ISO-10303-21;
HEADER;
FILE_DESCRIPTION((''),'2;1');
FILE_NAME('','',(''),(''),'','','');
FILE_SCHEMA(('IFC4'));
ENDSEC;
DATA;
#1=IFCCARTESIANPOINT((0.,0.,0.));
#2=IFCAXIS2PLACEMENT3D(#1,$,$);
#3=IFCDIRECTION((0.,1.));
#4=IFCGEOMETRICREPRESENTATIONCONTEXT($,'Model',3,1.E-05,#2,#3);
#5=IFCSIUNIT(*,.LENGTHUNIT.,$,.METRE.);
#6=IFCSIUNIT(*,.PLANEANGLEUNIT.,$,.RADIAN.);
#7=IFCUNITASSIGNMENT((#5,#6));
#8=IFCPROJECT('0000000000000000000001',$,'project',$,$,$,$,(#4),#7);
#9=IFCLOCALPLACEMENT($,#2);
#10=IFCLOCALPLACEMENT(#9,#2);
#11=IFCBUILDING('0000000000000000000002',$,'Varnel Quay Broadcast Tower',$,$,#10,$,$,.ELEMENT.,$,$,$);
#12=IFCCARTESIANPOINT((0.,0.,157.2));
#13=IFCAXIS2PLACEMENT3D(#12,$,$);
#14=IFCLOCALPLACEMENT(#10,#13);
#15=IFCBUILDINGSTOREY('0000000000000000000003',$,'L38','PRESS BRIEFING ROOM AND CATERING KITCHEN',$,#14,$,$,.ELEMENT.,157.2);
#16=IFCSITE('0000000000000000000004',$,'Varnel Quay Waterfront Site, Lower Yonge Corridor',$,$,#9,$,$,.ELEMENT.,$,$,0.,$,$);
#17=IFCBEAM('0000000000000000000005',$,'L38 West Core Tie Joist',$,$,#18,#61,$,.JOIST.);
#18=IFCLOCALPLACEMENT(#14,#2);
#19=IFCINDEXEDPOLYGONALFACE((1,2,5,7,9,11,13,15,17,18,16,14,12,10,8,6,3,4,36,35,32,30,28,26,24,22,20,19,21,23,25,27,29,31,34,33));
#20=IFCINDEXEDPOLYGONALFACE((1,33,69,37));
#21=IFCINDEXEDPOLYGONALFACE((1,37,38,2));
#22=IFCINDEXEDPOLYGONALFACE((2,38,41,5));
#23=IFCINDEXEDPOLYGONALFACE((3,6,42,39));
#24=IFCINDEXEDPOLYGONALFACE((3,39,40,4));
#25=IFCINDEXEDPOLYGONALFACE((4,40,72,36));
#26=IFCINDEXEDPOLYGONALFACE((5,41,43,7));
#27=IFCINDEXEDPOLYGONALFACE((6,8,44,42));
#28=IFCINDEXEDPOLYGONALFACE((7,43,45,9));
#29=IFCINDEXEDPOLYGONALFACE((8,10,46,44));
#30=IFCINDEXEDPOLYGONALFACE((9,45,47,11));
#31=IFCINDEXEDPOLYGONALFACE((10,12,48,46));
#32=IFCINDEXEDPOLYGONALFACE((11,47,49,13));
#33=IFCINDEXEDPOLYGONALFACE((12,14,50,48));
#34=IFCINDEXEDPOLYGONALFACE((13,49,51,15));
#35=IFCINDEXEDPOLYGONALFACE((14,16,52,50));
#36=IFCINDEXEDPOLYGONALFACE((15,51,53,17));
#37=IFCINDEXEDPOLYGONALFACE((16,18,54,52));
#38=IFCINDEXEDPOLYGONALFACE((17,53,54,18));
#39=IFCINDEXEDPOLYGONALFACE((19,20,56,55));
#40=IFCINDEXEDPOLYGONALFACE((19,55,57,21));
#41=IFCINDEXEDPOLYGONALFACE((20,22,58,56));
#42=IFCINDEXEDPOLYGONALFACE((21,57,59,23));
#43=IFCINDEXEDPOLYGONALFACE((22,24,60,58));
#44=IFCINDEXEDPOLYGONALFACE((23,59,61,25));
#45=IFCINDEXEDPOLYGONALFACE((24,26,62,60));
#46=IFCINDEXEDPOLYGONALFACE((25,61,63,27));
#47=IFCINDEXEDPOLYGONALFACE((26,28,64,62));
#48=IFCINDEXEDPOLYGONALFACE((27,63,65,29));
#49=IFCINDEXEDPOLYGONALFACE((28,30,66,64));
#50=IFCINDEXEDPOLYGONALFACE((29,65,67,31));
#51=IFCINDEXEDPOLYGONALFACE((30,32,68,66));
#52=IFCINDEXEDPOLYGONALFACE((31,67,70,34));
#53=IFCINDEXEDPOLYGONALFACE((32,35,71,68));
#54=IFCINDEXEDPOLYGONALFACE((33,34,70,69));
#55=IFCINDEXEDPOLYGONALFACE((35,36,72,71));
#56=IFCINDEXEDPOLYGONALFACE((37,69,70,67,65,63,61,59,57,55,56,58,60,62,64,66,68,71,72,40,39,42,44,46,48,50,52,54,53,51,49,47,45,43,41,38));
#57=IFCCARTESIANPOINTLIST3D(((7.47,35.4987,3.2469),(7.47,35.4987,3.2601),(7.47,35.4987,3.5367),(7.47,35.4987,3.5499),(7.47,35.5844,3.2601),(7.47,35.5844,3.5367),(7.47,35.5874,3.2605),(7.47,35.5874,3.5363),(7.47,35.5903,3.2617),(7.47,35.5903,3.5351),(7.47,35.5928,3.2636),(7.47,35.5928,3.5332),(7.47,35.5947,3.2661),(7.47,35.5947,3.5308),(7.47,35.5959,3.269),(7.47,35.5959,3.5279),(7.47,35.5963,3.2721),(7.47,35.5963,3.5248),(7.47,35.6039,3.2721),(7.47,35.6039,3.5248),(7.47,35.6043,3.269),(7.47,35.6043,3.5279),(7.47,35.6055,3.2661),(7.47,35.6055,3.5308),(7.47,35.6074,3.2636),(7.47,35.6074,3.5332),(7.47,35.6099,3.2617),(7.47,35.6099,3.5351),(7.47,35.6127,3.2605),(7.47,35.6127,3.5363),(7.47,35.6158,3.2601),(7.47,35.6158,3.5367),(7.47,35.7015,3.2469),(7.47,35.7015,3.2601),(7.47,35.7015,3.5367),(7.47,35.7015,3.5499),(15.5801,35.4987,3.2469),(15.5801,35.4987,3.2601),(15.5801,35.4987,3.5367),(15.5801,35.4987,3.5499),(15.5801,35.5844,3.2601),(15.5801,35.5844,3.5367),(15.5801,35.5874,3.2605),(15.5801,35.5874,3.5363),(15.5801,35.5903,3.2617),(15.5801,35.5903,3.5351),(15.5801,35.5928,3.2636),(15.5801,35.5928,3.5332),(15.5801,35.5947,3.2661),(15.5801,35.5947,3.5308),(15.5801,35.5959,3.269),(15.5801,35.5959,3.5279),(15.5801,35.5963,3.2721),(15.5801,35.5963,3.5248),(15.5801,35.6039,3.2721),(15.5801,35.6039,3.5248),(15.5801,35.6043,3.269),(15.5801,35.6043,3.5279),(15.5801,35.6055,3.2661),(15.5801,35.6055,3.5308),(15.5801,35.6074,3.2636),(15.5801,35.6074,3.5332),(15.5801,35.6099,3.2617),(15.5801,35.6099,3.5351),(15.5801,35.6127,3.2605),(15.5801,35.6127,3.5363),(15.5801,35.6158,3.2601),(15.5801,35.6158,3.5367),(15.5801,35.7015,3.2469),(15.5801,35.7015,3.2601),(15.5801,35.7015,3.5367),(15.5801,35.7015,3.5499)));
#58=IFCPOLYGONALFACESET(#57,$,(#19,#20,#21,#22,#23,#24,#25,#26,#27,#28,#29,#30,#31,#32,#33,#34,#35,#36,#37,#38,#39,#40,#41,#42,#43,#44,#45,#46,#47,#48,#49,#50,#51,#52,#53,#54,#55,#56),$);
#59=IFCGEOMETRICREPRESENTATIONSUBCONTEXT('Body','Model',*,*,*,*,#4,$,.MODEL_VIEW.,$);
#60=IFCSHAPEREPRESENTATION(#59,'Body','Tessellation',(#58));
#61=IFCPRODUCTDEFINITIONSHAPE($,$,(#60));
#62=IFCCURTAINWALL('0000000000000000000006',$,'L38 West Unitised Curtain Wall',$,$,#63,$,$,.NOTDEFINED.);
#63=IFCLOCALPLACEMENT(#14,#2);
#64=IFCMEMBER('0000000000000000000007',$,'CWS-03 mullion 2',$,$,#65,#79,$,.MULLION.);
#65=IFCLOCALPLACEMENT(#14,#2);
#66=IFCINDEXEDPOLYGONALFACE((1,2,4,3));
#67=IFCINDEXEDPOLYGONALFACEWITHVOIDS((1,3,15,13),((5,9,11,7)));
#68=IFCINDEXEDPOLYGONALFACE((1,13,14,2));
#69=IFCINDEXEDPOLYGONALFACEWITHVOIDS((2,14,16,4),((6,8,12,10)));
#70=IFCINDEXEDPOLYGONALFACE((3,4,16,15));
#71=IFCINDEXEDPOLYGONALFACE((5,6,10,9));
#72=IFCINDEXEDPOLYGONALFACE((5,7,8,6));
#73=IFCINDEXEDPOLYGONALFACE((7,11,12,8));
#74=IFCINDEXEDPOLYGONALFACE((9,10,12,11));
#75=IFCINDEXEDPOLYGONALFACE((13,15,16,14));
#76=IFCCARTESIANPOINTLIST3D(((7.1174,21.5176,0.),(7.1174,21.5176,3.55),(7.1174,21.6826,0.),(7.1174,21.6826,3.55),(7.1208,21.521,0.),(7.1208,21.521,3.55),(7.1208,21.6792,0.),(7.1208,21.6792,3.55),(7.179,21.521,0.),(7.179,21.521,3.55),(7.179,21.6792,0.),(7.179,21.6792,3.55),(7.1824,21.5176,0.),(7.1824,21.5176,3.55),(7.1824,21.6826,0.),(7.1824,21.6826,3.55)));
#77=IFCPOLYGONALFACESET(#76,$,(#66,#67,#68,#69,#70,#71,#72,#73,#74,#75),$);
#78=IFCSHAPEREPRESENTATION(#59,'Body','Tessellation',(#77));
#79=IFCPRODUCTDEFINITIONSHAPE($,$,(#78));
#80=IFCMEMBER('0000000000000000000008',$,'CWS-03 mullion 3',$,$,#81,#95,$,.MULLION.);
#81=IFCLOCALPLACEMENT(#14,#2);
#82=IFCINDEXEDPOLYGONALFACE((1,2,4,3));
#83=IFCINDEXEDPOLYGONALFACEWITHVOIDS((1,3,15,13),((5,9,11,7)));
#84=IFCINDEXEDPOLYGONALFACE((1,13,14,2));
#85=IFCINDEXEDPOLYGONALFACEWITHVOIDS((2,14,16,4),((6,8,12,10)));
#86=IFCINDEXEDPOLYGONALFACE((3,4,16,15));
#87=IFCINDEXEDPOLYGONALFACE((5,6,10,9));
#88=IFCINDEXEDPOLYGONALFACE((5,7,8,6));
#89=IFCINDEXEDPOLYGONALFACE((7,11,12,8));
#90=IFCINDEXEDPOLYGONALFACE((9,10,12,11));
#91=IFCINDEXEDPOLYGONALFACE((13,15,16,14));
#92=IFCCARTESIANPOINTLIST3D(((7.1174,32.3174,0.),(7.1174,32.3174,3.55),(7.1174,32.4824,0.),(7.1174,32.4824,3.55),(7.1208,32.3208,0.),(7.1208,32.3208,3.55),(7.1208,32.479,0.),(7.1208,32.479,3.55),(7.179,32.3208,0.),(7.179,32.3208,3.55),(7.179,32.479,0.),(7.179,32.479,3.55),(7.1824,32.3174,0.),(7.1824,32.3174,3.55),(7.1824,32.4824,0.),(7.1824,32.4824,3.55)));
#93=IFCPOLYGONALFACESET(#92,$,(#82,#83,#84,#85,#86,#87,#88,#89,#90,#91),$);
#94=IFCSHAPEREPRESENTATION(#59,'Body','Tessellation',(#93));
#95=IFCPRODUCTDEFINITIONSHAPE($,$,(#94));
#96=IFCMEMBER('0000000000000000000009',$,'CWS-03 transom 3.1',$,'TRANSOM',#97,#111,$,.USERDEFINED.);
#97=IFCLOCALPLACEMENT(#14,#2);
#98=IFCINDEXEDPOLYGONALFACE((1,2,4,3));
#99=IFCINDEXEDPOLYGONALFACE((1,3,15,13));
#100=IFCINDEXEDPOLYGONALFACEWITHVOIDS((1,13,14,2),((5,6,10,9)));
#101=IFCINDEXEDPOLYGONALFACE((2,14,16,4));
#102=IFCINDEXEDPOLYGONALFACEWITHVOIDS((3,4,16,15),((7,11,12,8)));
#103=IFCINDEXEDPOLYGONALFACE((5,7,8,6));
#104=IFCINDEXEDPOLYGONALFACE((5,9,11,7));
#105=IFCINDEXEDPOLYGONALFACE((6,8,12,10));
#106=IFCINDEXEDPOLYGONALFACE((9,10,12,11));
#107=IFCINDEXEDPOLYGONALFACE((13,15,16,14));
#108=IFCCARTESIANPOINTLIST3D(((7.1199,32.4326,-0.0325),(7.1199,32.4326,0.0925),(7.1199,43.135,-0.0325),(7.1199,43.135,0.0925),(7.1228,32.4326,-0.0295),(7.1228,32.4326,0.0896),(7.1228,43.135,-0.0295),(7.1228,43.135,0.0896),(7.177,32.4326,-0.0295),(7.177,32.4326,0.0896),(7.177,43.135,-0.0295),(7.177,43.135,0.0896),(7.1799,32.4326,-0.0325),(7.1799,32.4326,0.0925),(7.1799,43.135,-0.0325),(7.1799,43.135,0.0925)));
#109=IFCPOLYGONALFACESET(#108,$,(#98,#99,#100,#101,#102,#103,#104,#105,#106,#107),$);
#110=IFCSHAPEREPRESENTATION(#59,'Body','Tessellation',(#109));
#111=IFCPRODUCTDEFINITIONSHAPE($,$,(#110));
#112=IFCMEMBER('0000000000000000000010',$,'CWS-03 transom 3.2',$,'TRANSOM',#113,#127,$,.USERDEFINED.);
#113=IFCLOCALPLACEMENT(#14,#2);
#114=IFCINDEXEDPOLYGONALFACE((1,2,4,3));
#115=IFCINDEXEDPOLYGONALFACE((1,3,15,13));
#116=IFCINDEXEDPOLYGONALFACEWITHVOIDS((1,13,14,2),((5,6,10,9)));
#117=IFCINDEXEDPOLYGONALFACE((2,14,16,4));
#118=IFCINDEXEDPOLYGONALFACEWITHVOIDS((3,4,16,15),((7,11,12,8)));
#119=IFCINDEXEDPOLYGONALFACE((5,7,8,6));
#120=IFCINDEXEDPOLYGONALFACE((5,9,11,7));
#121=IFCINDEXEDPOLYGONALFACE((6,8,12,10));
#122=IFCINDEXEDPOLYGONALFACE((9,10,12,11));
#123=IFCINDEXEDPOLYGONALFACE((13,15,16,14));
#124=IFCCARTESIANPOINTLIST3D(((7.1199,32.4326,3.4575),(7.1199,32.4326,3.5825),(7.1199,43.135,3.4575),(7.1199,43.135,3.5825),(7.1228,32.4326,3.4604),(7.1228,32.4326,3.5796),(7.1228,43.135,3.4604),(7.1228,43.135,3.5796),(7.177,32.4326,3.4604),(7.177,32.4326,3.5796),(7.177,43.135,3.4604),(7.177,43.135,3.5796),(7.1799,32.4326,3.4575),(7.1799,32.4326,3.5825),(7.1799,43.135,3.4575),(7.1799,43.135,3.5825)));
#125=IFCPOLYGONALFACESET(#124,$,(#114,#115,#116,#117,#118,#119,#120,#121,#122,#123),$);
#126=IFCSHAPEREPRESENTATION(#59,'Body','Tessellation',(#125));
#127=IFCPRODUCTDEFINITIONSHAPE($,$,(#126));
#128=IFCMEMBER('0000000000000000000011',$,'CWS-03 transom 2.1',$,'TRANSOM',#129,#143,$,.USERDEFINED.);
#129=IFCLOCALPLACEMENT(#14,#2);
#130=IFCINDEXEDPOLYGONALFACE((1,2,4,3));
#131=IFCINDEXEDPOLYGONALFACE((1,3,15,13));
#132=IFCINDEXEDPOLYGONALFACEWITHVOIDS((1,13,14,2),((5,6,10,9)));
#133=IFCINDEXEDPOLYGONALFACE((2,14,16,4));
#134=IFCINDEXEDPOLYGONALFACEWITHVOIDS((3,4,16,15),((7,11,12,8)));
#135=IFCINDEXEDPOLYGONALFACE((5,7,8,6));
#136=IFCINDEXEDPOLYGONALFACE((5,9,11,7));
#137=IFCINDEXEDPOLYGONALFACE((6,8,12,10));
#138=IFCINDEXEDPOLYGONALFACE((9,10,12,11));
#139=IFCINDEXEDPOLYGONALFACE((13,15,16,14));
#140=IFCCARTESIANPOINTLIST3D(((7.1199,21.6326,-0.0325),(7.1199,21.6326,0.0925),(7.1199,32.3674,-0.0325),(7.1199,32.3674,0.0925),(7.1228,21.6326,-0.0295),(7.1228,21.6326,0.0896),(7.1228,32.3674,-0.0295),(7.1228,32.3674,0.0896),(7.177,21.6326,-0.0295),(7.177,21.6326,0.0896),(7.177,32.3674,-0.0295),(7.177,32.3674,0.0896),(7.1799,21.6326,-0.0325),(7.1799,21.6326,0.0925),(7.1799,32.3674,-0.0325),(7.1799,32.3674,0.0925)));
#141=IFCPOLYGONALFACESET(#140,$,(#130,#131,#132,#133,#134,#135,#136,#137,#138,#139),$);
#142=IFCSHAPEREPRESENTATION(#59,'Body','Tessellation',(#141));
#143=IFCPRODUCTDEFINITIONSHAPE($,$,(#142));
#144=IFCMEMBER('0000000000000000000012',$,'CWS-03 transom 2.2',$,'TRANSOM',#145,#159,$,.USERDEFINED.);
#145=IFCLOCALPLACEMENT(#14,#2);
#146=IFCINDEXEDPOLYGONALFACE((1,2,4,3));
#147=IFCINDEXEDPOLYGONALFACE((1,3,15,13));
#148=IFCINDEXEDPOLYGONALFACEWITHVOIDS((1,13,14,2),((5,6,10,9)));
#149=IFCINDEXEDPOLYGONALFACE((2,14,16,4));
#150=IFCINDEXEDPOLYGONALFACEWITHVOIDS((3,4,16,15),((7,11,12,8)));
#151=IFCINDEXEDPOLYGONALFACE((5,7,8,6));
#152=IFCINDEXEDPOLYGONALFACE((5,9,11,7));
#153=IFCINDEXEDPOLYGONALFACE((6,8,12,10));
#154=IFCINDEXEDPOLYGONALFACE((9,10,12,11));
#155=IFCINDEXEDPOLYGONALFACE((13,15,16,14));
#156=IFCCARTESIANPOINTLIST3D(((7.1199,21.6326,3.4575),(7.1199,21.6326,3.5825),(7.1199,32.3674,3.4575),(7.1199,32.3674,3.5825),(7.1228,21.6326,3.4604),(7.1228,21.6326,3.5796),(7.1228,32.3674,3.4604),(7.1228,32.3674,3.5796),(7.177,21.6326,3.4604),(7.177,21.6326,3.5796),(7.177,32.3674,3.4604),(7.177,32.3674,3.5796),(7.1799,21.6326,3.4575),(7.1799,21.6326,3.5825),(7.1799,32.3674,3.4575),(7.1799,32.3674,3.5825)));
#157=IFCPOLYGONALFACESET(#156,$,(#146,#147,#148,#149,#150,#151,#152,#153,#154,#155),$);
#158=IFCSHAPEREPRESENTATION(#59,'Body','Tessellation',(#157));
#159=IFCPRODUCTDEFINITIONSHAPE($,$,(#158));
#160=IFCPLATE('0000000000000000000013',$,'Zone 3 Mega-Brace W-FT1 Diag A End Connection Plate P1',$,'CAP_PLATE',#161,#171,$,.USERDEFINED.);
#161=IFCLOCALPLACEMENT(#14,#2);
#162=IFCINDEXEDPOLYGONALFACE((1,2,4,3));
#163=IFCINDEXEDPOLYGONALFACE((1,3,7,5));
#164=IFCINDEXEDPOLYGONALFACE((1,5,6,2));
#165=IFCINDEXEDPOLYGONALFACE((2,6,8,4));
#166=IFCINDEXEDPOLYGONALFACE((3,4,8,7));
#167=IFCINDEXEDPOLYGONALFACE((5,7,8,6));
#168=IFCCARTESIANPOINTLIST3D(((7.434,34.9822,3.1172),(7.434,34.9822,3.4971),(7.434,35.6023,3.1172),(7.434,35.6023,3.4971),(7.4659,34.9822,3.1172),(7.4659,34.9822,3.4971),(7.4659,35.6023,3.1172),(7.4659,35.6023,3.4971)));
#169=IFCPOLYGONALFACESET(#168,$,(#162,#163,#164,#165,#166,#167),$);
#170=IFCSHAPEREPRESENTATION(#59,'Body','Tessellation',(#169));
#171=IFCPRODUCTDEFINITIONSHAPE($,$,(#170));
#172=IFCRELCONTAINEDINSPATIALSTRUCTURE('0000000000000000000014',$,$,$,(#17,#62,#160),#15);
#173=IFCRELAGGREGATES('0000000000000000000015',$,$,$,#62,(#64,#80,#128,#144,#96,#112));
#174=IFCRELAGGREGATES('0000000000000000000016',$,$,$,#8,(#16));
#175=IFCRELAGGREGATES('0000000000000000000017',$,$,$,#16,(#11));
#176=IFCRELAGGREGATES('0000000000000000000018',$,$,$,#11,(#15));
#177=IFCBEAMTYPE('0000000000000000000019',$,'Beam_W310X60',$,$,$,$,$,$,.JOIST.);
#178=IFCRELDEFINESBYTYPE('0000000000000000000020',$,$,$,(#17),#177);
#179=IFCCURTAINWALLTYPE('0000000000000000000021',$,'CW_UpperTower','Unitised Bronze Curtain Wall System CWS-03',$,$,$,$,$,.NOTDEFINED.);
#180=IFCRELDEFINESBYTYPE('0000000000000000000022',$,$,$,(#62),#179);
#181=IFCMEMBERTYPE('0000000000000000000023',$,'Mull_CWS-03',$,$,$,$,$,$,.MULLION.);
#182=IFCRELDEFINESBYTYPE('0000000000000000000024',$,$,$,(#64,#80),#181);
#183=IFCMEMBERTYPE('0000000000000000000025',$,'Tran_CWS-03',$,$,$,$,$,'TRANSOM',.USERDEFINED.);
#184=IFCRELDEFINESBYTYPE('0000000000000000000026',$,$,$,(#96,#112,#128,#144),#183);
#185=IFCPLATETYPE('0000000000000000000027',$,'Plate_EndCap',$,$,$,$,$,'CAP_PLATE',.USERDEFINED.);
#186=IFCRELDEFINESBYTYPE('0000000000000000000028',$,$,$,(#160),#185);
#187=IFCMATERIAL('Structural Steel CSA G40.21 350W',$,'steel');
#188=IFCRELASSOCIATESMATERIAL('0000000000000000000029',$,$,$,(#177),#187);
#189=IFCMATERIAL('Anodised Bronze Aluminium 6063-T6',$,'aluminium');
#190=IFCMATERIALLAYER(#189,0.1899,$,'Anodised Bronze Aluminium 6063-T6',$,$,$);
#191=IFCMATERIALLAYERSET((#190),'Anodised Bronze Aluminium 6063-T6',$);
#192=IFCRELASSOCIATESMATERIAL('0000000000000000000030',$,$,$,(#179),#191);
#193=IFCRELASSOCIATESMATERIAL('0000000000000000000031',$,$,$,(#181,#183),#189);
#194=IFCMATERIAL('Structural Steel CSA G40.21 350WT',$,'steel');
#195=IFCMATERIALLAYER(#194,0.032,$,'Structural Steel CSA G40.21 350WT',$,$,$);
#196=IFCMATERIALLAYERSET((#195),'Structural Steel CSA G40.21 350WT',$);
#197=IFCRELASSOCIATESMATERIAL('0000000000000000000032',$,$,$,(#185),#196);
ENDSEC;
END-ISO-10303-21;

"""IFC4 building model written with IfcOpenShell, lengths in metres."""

from ifc_helpers import new_model, si_unit, direction, frame, origin, origin_2d, place, context, subcontext, project, spatial, rectangle, hollow_rectangle, i_section, extrude, source, transform, mapped, material, layer, layer_set, material_profile, profile_set, type_object, type_shapes, element, aggregate, save


model = new_model("IFC4")

# Units and contexts
model_context = context("Model", 3, precision=1e-05, world=origin(), true_north=direction((0.0, 1.0)))
body_context = subcontext(model_context, "Body", "Model", "MODEL_VIEW")
ifc_project = project(units=[si_unit("LENGTHUNIT", "METRE"), si_unit("PLANEANGLEUNIT", "RADIAN")], contexts=[model_context])

# Site, building, storey
site_placement = place(None, origin())
site = spatial("IfcSite", under=ifc_project, at=site_placement, Name="Varnel Quay Waterfront Site, Lower Yonge Corridor", CompositionType="ELEMENT", RefElevation=0.0)
building_placement = place(site_placement, origin())
building = spatial("IfcBuilding", under=site, at=building_placement, Name="Varnel Quay Broadcast Tower", CompositionType="ELEMENT")
storey_placement = place(building_placement, frame((0.0, 0.0, 157.2)))
storey = spatial("IfcBuildingStorey", under=building, at=storey_placement, Name="L38", Description="PRESS BRIEFING ROOM AND CATERING KITCHEN", CompositionType="ELEMENT", Elevation=157.2)

# Shared definitions
ifc_material_1 = material(Name="Structural Steel CSA G40.21 350W", Category="steel")

# Beam
ifc_material_profile_1 = material_profile(ifc_material_1, i_section(OverallWidth=0.2029, OverallDepth=0.303, WebThickness=0.0076, FlangeThickness=0.0132, FilletRadius=0.012, at=origin_2d()), Name="W310X60")
ifc_profile_set_1 = profile_set([ifc_material_profile_1], Name="Structural Steel CSA G40.21 350W")
beam_type_1 = type_object("IfcBeamType", Name="Beam_W310X60", PredefinedType="JOIST", material=ifc_profile_set_1)
shared_shape_1 = source(origin(), body_context, "Body", "SweptSolid", [
    extrude(i_section(OverallWidth=0.2029, OverallDepth=0.303, WebThickness=0.0076, FlangeThickness=0.0132, FilletRadius=0.012, at=origin_2d()), origin(), (0.0, 0.0, 1.0), 8.1101),
])
type_shapes(beam_type_1, [shared_shape_1])
beam_1_placement = place(storey_placement, frame((7.47, 35.6001, 3.3984), z_axis=(1.0, 0.0, 0.0), x_axis=(0.0, 1.0, 0.0)))
element("IfcBeam", 1, at=beam_1_placement, inside=storey, type_object=beam_type_1, Name="L38 West Core Tie Joist", PredefinedType="JOIST", context=body_context, shape_type="MappedRepresentation", body=[
    mapped(shared_shape_1, transform((0.0, 0.0, 0.0), x_axis=(1.0, 0.0, 0.0), y_axis=(0.0, 1.0, 0.0), z_axis=(0.0, 0.0, 1.0), scale=1.0)),
])

# Curtain wall, members
ifc_material_2 = material(Name="Anodised Bronze Aluminium 6063-T6", Category="aluminium")
ifc_layer_1 = layer(ifc_material_2, 0.1899, Name="Anodised Bronze Aluminium 6063-T6")
ifc_layer_set_1 = layer_set([ifc_layer_1], Name="Anodised Bronze Aluminium 6063-T6")
curtain_wall_type = type_object("IfcCurtainWallType", Name="CW_UpperTower", Description="Unitised Bronze Curtain Wall System CWS-03", PredefinedType="NOTDEFINED", material=ifc_layer_set_1)
curtain_wall_placement = place(storey_placement, origin())
curtain_wall = element("IfcCurtainWall", 2, at=curtain_wall_placement, inside=storey, type_object=curtain_wall_type, Name="L38 West Unitised Curtain Wall", PredefinedType="NOTDEFINED")
ifc_material_profile_2 = material_profile(ifc_material_2, hollow_rectangle(XDim=0.0649, YDim=0.165, WallThickness=0.0034, at=origin_2d()), Name="ALU65X165X3.5")
ifc_profile_set_2 = profile_set([ifc_material_profile_2], Name="Anodised Bronze Aluminium 6063-T6")
member_type_1 = type_object("IfcMemberType", Name="Mull_CWS-03", PredefinedType="MULLION", material=ifc_profile_set_2)
shared_shape_2 = source(origin(), body_context, "Body", "SweptSolid", [
    extrude(hollow_rectangle(XDim=0.0649, YDim=0.165, WallThickness=0.0034, at=origin_2d()), origin(), (0.0, 0.0, 1.0), 3.55),
])
type_shapes(member_type_1, [shared_shape_2])
member_1_placement = place(storey_placement, frame((7.1499, 21.6001, 0.0), z_axis=(0.0, 0.0, 1.0), x_axis=(-1.0, 0.0, 0.0)))
member_1 = element("IfcMember", 3, at=member_1_placement, type_object=member_type_1, Name="CWS-03 mullion 2", PredefinedType="MULLION", context=body_context, shape_type="MappedRepresentation", body=[
    mapped(shared_shape_2, transform((0.0, 0.0, 0.0), x_axis=(1.0, 0.0, 0.0), y_axis=(0.0, 1.0, 0.0), z_axis=(0.0, 0.0, 1.0), scale=1.0)),
])
member_2_placement = place(storey_placement, frame((7.1499, 32.3999, 0.0), z_axis=(0.0, 0.0, 1.0), x_axis=(-1.0, 0.0, 0.0)))
member_2 = element("IfcMember", 4, at=member_2_placement, type_object=member_type_1, Name="CWS-03 mullion 3", PredefinedType="MULLION", context=body_context, shape_type="MappedRepresentation", body=[
    mapped(shared_shape_2, transform((0.0, 0.0, 0.0), x_axis=(1.0, 0.0, 0.0), y_axis=(0.0, 1.0, 0.0), z_axis=(0.0, 0.0, 1.0), scale=1.0)),
])
ifc_material_profile_3 = material_profile(ifc_material_2, hollow_rectangle(XDim=0.0601, YDim=0.125, WallThickness=0.0029, at=origin_2d()), Name="ALU60X125X3")
ifc_profile_set_3 = profile_set([ifc_material_profile_3], Name="Anodised Bronze Aluminium 6063-T6")
member_type_2 = type_object("IfcMemberType", Name="Tran_CWS-03", ElementType="TRANSOM", PredefinedType="USERDEFINED", material=ifc_profile_set_3)
shared_shape_3 = source(origin(), body_context, "Body", "SweptSolid", [
    extrude(hollow_rectangle(XDim=0.0601, YDim=0.125, WallThickness=0.0029, at=origin_2d()), origin(), (0.0, 0.0, 1.0), 10.7024),
])
member_3_placement = place(storey_placement, frame((7.1499, 32.4326, 0.03), z_axis=(0.0, 1.0, 0.0), x_axis=(-1.0, 0.0, 0.0)))
member_3 = element("IfcMember", 5, at=member_3_placement, type_object=member_type_2, Name="CWS-03 transom 3.1", ObjectType="TRANSOM", PredefinedType="USERDEFINED", context=body_context, shape_type="MappedRepresentation", body=[
    mapped(shared_shape_3, transform((0.0, 0.0, 0.0), x_axis=(1.0, 0.0, 0.0), y_axis=(0.0, 1.0, 0.0), z_axis=(0.0, 0.0, 1.0), scale=1.0)),
])
member_4_placement = place(storey_placement, frame((7.1499, 32.4326, 3.52), z_axis=(0.0, 1.0, 0.0), x_axis=(-1.0, 0.0, 0.0)))
member_4 = element("IfcMember", 6, at=member_4_placement, type_object=member_type_2, Name="CWS-03 transom 3.2", ObjectType="TRANSOM", PredefinedType="USERDEFINED", context=body_context, shape_type="MappedRepresentation", body=[
    mapped(shared_shape_3, transform((0.0, 0.0, 0.0), x_axis=(1.0, 0.0, 0.0), y_axis=(0.0, 1.0, 0.0), z_axis=(0.0, 0.0, 1.0), scale=1.0)),
])
shared_shape_4 = source(origin(), body_context, "Body", "SweptSolid", [
    extrude(hollow_rectangle(XDim=0.0601, YDim=0.125, WallThickness=0.0029, at=origin_2d()), origin(), (0.0, 0.0, 1.0), 10.7349),
])
type_shapes(member_type_2, [shared_shape_3, shared_shape_4])
member_5_placement = place(storey_placement, frame((7.1499, 21.6326, 0.03), z_axis=(0.0, 1.0, 0.0), x_axis=(-1.0, 0.0, 0.0)))
member_5 = element("IfcMember", 7, at=member_5_placement, type_object=member_type_2, Name="CWS-03 transom 2.1", ObjectType="TRANSOM", PredefinedType="USERDEFINED", context=body_context, shape_type="MappedRepresentation", body=[
    mapped(shared_shape_4, transform((0.0, 0.0, 0.0), x_axis=(1.0, 0.0, 0.0), y_axis=(0.0, 1.0, 0.0), z_axis=(0.0, 0.0, 1.0), scale=1.0)),
])
member_6_placement = place(storey_placement, frame((7.1499, 21.6326, 3.52), z_axis=(0.0, 1.0, 0.0), x_axis=(-1.0, 0.0, 0.0)))
member_6 = element("IfcMember", 8, at=member_6_placement, type_object=member_type_2, Name="CWS-03 transom 2.2", ObjectType="TRANSOM", PredefinedType="USERDEFINED", context=body_context, shape_type="MappedRepresentation", body=[
    mapped(shared_shape_4, transform((0.0, 0.0, 0.0), x_axis=(1.0, 0.0, 0.0), y_axis=(0.0, 1.0, 0.0), z_axis=(0.0, 0.0, 1.0), scale=1.0)),
])

# Plate
ifc_material_3 = material(Name="Structural Steel CSA G40.21 350WT", Category="steel")
ifc_layer_2 = layer(ifc_material_3, 0.032, Name="Structural Steel CSA G40.21 350WT")
ifc_layer_set_2 = layer_set([ifc_layer_2], Name="Structural Steel CSA G40.21 350WT")
plate_type_1 = type_object("IfcPlateType", Name="Plate_EndCap", ElementType="CAP_PLATE", PredefinedType="USERDEFINED", material=ifc_layer_set_2)
shared_shape_5 = source(origin(), body_context, "Body", "SweptSolid", [
    extrude(rectangle(XDim=0.6201, YDim=0.032, at=origin_2d()), origin(), (0.0, 0.0, 1.0), 0.3799),
])
type_shapes(plate_type_1, [shared_shape_5])
plate_1_placement = place(storey_placement, frame((7.45, 35.2922, 3.1172), z_axis=(0.0, 0.0, 1.0), x_axis=(0.0, 1.0, 0.0)))
element("IfcPlate", 9, at=plate_1_placement, inside=storey, type_object=plate_type_1, Name="Zone 3 Mega-Brace W-FT1 Diag A End Connection Plate P1", ObjectType="CAP_PLATE", PredefinedType="USERDEFINED", context=body_context, shape_type="MappedRepresentation", body=[
    mapped(shared_shape_5, transform((0.0, 0.0, 0.0), x_axis=(1.0, 0.0, 0.0), y_axis=(0.0, 1.0, 0.0), z_axis=(0.0, 0.0, 1.0), scale=1.0)),
])
aggregate(curtain_wall, [member_1, member_2, member_5, member_6, member_3, member_4])

save(model, "model.ifc")
